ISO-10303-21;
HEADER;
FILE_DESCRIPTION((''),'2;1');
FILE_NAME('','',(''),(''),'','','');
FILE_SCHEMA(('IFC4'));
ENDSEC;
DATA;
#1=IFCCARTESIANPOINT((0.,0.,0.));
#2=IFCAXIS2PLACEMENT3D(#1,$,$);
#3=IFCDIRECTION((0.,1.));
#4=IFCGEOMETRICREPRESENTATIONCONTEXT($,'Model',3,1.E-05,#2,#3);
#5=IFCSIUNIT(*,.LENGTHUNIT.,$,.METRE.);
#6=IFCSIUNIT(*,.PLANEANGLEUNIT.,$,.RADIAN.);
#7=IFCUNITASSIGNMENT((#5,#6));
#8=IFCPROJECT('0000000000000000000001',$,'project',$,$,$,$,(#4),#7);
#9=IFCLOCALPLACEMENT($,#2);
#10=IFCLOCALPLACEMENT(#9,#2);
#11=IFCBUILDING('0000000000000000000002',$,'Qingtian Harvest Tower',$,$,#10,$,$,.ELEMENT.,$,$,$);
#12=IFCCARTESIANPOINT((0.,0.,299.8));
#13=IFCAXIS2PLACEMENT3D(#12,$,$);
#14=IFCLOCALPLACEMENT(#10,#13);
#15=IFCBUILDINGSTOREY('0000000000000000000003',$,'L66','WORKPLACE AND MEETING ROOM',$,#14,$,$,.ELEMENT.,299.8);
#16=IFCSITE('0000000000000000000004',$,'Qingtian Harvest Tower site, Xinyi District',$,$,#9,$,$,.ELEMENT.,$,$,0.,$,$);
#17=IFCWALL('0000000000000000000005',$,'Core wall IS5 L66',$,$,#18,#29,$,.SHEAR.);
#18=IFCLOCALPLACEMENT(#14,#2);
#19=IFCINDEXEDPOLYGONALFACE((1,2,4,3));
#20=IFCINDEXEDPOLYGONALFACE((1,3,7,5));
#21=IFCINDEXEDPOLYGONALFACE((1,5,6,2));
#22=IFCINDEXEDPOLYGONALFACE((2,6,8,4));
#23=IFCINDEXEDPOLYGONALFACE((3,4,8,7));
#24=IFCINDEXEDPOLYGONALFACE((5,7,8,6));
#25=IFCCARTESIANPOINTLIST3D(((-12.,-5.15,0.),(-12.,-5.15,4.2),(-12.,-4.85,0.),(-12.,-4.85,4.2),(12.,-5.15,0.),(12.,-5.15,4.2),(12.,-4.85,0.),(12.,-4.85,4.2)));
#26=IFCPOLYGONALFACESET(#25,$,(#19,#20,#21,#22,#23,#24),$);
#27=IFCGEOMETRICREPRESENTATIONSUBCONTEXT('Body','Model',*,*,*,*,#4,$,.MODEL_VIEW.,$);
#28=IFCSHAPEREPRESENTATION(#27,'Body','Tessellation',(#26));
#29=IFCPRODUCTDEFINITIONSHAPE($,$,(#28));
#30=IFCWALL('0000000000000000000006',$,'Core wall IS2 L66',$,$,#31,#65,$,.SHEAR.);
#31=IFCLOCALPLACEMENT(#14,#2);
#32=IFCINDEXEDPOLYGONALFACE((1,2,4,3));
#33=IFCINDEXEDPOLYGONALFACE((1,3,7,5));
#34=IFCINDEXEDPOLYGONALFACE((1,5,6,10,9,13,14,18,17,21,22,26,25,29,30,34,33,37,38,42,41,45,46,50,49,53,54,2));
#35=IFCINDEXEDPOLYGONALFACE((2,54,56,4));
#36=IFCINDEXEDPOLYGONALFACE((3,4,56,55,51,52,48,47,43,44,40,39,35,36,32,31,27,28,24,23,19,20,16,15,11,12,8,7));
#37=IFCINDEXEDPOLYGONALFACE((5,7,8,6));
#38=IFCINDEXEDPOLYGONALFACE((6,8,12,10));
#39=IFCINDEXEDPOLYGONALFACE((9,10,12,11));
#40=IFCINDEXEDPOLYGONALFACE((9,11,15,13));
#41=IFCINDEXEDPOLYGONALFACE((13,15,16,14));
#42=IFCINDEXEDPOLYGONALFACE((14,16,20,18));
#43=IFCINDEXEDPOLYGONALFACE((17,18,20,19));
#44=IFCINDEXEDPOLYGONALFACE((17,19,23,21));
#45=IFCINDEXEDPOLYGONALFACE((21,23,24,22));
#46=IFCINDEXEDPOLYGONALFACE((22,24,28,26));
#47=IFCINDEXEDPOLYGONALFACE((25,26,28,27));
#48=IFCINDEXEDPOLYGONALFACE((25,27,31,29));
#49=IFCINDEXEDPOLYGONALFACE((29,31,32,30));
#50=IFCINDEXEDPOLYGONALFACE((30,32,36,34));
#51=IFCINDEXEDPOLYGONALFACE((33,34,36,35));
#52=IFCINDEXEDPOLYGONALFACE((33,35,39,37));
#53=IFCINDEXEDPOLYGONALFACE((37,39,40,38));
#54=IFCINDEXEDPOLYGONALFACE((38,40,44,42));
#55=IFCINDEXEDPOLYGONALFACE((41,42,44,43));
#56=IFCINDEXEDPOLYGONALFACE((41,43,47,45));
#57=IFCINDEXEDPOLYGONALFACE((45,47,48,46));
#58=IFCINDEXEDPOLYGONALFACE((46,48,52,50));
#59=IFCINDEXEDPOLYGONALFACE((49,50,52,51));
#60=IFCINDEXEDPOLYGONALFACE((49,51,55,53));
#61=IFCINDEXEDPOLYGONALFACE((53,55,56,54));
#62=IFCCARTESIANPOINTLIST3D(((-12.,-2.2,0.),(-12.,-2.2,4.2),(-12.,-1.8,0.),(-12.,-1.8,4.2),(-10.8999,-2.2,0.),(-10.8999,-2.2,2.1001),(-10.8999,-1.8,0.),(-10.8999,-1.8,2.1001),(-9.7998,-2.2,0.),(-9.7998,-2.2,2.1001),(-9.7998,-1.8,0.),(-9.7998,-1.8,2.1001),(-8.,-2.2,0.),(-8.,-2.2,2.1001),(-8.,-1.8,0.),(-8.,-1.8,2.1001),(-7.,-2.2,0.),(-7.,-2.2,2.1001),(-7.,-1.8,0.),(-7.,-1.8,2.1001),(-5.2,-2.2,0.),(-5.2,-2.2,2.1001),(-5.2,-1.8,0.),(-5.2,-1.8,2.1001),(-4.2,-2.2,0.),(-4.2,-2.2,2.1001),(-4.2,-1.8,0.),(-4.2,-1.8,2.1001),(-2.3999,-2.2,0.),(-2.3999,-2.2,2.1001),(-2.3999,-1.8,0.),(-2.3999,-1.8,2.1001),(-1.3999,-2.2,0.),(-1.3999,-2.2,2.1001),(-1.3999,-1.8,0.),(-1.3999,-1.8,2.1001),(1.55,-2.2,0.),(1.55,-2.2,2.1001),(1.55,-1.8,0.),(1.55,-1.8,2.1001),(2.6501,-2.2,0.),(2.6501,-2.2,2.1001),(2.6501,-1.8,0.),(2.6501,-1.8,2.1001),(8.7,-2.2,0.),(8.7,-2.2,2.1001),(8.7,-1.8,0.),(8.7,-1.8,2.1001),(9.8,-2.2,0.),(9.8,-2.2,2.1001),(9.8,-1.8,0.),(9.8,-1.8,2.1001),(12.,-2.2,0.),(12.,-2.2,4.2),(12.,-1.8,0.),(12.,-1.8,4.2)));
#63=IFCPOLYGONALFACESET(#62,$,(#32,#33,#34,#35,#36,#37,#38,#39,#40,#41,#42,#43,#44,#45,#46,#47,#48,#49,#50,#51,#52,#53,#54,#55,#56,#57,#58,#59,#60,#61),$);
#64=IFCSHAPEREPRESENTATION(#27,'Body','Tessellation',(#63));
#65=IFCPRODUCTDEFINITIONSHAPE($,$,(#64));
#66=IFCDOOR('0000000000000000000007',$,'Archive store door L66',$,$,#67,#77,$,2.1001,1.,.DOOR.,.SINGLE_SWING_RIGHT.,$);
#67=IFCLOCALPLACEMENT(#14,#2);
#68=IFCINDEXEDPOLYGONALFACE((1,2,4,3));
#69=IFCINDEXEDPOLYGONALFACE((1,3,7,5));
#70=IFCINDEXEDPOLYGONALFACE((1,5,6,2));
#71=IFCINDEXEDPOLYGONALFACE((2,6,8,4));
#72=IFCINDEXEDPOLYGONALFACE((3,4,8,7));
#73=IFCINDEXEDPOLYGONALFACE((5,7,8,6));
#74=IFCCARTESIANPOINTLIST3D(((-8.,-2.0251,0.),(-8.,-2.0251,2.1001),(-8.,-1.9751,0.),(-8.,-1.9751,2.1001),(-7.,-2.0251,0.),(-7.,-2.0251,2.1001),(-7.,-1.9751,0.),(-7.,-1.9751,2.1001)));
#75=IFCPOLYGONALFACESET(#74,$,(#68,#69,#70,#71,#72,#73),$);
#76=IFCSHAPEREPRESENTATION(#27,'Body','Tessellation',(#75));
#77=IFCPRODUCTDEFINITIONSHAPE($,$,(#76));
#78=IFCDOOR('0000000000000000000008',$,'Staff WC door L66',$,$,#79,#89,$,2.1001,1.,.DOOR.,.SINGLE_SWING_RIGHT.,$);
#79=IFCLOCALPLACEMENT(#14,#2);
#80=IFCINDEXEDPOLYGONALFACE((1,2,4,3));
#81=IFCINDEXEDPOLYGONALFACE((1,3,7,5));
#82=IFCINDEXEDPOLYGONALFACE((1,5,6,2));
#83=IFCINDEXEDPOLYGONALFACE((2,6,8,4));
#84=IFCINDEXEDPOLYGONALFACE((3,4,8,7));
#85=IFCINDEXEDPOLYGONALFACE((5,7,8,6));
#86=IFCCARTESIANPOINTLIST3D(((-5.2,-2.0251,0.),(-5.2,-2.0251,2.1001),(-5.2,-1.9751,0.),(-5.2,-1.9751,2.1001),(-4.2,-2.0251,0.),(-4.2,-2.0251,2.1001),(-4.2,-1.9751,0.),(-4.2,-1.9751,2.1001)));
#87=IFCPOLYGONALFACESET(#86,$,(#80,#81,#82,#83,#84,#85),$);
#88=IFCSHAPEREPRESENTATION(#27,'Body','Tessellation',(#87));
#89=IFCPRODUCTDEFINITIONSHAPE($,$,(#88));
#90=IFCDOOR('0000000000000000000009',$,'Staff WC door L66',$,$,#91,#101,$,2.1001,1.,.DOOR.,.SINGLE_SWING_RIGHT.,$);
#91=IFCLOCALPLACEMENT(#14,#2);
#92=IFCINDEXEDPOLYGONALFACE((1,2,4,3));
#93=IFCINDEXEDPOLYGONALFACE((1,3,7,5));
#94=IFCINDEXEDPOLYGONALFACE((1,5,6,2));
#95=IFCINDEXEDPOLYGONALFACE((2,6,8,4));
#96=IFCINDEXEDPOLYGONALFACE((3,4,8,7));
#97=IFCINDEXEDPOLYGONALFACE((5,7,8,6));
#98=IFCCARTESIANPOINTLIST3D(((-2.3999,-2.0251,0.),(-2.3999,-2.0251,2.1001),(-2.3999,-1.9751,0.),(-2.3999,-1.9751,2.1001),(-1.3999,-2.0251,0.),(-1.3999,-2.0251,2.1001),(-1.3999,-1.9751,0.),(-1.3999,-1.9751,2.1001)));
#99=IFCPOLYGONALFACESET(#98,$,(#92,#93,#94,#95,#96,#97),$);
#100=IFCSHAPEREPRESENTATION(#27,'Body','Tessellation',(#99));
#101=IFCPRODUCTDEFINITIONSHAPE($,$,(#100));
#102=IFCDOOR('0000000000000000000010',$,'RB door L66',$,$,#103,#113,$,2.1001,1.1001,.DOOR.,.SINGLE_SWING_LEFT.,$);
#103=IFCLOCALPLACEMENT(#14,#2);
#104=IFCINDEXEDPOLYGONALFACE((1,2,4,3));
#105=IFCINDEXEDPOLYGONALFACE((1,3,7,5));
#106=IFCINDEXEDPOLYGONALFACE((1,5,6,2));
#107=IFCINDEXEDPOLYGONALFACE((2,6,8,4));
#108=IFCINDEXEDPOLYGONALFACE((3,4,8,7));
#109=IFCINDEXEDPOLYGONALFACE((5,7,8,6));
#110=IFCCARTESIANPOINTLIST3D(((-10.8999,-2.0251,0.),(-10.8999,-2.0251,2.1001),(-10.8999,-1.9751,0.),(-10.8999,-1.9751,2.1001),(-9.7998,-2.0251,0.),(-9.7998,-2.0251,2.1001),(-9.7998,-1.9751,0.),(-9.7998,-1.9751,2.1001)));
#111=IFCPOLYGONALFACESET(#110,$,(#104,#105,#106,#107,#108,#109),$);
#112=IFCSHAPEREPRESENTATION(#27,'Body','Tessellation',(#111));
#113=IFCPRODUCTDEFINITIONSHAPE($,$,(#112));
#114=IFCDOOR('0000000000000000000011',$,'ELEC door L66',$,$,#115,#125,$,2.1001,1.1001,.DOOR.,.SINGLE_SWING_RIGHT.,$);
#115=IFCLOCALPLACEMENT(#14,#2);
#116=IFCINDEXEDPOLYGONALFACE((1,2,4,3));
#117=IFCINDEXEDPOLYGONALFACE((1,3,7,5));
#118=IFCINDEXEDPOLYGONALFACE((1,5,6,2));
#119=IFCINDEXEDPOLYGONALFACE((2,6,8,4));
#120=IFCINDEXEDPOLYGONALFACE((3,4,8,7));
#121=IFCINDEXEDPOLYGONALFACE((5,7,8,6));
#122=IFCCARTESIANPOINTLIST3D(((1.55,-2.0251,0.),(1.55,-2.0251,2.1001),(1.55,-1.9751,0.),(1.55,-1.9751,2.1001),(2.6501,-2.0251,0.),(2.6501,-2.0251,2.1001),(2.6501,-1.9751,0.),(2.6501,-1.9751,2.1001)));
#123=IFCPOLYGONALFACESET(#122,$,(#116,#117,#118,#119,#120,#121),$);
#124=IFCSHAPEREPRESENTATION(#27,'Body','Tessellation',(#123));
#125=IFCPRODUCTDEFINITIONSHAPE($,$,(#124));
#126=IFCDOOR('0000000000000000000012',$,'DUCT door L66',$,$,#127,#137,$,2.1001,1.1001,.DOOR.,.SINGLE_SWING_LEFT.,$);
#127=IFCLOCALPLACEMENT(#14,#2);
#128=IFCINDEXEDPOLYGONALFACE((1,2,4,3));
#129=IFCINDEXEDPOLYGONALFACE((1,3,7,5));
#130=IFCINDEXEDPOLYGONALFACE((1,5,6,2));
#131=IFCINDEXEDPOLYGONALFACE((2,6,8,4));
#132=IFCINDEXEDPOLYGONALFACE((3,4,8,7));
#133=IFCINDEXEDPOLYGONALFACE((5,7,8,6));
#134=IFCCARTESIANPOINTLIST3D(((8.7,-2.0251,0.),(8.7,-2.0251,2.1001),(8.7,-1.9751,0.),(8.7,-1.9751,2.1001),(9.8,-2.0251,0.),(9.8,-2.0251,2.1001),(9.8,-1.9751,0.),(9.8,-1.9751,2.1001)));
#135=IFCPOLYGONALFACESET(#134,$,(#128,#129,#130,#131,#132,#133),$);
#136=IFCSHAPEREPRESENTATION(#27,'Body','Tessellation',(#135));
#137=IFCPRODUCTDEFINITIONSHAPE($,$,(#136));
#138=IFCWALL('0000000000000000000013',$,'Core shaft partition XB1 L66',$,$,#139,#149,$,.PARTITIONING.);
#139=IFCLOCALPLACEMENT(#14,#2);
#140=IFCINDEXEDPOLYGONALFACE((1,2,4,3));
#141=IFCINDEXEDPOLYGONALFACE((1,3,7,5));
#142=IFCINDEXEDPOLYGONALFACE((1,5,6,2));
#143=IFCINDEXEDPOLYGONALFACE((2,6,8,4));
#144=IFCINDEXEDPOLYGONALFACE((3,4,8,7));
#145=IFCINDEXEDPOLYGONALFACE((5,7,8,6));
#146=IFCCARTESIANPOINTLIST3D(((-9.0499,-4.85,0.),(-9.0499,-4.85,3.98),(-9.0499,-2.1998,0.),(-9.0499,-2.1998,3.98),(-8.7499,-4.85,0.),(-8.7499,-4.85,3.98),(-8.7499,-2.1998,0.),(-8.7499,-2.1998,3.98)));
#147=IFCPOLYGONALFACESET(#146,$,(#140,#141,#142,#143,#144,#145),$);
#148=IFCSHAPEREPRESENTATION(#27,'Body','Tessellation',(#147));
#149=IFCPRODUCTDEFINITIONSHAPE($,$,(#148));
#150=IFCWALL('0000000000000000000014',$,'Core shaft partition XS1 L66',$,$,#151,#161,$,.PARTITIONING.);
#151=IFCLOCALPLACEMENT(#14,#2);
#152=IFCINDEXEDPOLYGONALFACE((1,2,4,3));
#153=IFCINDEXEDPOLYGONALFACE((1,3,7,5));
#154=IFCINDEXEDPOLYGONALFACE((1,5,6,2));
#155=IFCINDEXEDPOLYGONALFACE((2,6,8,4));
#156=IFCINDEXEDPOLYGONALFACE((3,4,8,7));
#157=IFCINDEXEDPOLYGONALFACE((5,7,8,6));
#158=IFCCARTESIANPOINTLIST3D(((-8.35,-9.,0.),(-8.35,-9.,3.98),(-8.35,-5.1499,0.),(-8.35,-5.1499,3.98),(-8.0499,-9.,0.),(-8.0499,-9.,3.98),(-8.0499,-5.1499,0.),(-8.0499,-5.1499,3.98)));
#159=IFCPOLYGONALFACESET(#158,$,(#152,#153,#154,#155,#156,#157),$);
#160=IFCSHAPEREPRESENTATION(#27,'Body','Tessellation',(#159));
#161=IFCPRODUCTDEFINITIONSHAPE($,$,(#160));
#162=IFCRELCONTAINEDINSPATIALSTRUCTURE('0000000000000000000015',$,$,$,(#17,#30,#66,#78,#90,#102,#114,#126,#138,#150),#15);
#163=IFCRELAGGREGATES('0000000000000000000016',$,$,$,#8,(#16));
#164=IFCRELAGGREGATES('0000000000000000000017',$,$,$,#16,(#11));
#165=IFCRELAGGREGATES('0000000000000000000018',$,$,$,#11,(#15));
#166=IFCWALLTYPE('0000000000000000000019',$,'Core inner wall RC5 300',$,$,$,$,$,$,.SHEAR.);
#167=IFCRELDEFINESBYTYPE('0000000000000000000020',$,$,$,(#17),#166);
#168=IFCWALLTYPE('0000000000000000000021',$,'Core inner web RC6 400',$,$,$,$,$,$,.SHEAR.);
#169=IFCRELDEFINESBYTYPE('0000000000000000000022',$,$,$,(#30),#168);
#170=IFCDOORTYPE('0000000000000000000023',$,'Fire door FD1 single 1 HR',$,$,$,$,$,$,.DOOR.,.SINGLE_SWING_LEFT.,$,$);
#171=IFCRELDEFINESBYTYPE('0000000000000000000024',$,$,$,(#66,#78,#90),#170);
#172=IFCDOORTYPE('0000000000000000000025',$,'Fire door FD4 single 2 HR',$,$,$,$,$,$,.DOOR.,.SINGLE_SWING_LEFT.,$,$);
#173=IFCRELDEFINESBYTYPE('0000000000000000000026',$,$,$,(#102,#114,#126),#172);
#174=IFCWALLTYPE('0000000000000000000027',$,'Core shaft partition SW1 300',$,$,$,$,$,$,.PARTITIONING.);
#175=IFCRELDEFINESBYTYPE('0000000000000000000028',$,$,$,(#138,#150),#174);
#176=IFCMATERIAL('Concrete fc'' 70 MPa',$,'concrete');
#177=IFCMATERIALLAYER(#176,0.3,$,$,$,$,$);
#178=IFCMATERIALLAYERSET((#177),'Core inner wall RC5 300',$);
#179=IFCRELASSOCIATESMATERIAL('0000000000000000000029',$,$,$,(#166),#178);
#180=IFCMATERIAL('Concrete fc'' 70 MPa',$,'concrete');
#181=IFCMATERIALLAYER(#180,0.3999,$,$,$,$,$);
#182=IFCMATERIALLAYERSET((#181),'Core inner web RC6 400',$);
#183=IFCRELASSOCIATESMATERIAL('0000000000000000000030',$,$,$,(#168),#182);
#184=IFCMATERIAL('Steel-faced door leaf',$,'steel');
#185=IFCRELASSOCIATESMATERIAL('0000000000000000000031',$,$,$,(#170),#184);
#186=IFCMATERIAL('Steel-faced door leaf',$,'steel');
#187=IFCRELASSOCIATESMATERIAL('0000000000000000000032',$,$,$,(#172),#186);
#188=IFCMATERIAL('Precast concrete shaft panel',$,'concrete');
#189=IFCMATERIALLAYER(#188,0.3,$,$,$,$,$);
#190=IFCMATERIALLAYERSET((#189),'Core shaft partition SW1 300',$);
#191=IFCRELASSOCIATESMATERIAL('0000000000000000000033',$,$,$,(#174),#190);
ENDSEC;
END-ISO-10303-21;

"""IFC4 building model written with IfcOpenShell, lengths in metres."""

from ifc_helpers import new_model, si_unit, direction, frame, frame_2d, origin, place, context, subcontext, project, spatial, rectangle, extrude, material, layer, layer_set, type_object, element, fill, save


model = new_model("IFC4")

# Units and contexts
model_context = context("Model", 3, precision=1e-05, world=origin(), true_north=direction((0.0, 1.0)))
body_context = subcontext(model_context, "Body", "Model", "MODEL_VIEW")
ifc_project = project(units=[si_unit("LENGTHUNIT", "METRE"), si_unit("PLANEANGLEUNIT", "RADIAN")], contexts=[model_context])

# Site, building, storey
site_placement = place(None, origin())
site = spatial("IfcSite", under=ifc_project, at=site_placement, Name="Qingtian Harvest Tower site, Xinyi District", CompositionType="ELEMENT", RefElevation=0.0)
building_placement = place(site_placement, origin())
building = spatial("IfcBuilding", under=site, at=building_placement, Name="Qingtian Harvest Tower", CompositionType="ELEMENT")
storey_placement = place(building_placement, frame((0.0, 0.0, 299.8)))
storey = spatial("IfcBuildingStorey", under=building, at=storey_placement, Name="L66", Description="WORKPLACE AND MEETING ROOM", CompositionType="ELEMENT", Elevation=299.8)

# Wall
ifc_material_1 = material(Name="Concrete fc' 70 MPa", Category="concrete")
ifc_layer_1 = layer(ifc_material_1, 0.3)
ifc_layer_set_1 = layer_set([ifc_layer_1], Name="Core inner wall RC5 300")
wall_type_1 = type_object("IfcWallType", Name="Core inner wall RC5 300", PredefinedType="SHEAR", material=ifc_layer_set_1)
wall_1_placement = place(storey_placement, frame((-12.0, -5.0, 0.0), z_axis=(0.0, 0.0, 1.0), x_axis=(1.0, 0.0, 0.0)))
element("IfcWall", 1, at=wall_1_placement, inside=storey, type_object=wall_type_1, Name="Core wall IS5 L66", PredefinedType="SHEAR", context=body_context, shape_type="SweptSolid", body=[
    extrude(rectangle(XDim=24.0, YDim=0.3, at=frame_2d((12.0, 0.0))), origin(), (0.0, 0.0, 1.0), 4.2),
])

# Wall, openings, doors
ifc_material_2 = material(Name="Concrete fc' 70 MPa", Category="concrete")
ifc_layer_2 = layer(ifc_material_2, 0.3999)
ifc_layer_set_2 = layer_set([ifc_layer_2], Name="Core inner web RC6 400")
wall_type_2 = type_object("IfcWallType", Name="Core inner web RC6 400", PredefinedType="SHEAR", material=ifc_layer_set_2)
wall_2_placement = place(storey_placement, frame((-12.0, -2.0, 0.0), z_axis=(0.0, 0.0, 1.0), x_axis=(1.0, 0.0, 0.0)))
wall_2 = element("IfcWall", 2, at=wall_2_placement, inside=storey, type_object=wall_type_2, Name="Core wall IS2 L66", PredefinedType="SHEAR", context=body_context, shape_type="SweptSolid", body=[
    extrude(rectangle(XDim=24.0, YDim=0.3999, at=frame_2d((12.0, 0.0))), origin(), (0.0, 0.0, 1.0), 4.2),
])
opening_1_placement = place(wall_2_placement, frame((1.1001, 0.0, 0.0)))
opening_1 = element("IfcOpeningElement", 3, at=opening_1_placement, cuts=wall_2, PredefinedType="OPENING", context=body_context, shape_type="SweptSolid", body=[
    extrude(rectangle(XDim=1.1001, YDim=2.1001, at=frame_2d((0.55, 1.05))), frame((0.0, 0.21, 0.0), z_axis=(0.0, -1.0, 0.0), x_axis=(1.0, 0.0, 0.0)), (0.0, 0.0, 1.0), 0.4199),
])
opening_2_placement = place(wall_2_placement, frame((13.55, 0.0, 0.0)))
opening_2 = element("IfcOpeningElement", 4, at=opening_2_placement, cuts=wall_2, PredefinedType="OPENING", context=body_context, shape_type="SweptSolid", body=[
    extrude(rectangle(XDim=1.1001, YDim=2.1001, at=frame_2d((0.55, 1.05))), frame((0.0, 0.21, 0.0), z_axis=(0.0, -1.0, 0.0), x_axis=(1.0, 0.0, 0.0)), (0.0, 0.0, 1.0), 0.4199),
])
opening_3_placement = place(wall_2_placement, frame((20.7, 0.0, 0.0)))
opening_3 = element("IfcOpeningElement", 5, at=opening_3_placement, cuts=wall_2, PredefinedType="OPENING", context=body_context, shape_type="SweptSolid", body=[
    extrude(rectangle(XDim=1.1001, YDim=2.1001, at=frame_2d((0.55, 1.05))), frame((0.0, 0.21, 0.0), z_axis=(0.0, -1.0, 0.0), x_axis=(1.0, 0.0, 0.0)), (0.0, 0.0, 1.0), 0.4199),
])
opening_4_placement = place(wall_2_placement, frame((4.0, 0.0, 0.0)))
opening_4 = element("IfcOpeningElement", 6, at=opening_4_placement, cuts=wall_2, PredefinedType="OPENING", context=body_context, shape_type="SweptSolid", body=[
    extrude(rectangle(XDim=1.0, YDim=2.1001, at=frame_2d((0.5, 1.05))), frame((0.0, 0.21, 0.0), z_axis=(0.0, -1.0, 0.0), x_axis=(1.0, 0.0, 0.0)), (0.0, 0.0, 1.0), 0.4199),
])
opening_5_placement = place(wall_2_placement, frame((6.8, 0.0, 0.0)))
opening_5 = element("IfcOpeningElement", 7, at=opening_5_placement, cuts=wall_2, PredefinedType="OPENING", context=body_context, shape_type="SweptSolid", body=[
    extrude(rectangle(XDim=1.0, YDim=2.1001, at=frame_2d((0.5, 1.05))), frame((0.0, 0.21, 0.0), z_axis=(0.0, -1.0, 0.0), x_axis=(1.0, 0.0, 0.0)), (0.0, 0.0, 1.0), 0.4199),
])
opening_6_placement = place(wall_2_placement, frame((9.6001, 0.0, 0.0)))
opening_6 = element("IfcOpeningElement", 8, at=opening_6_placement, cuts=wall_2, PredefinedType="OPENING", context=body_context, shape_type="SweptSolid", body=[
    extrude(rectangle(XDim=1.0, YDim=2.1001, at=frame_2d((0.5, 1.05))), frame((0.0, 0.21, 0.0), z_axis=(0.0, -1.0, 0.0), x_axis=(1.0, 0.0, 0.0)), (0.0, 0.0, 1.0), 0.4199),
])
ifc_material_3 = material(Name="Steel-faced door leaf", Category="steel")
door_type_1 = type_object("IfcDoorType", Name="Fire door FD1 single 1 HR", OperationType="SINGLE_SWING_LEFT", PredefinedType="DOOR", material=ifc_material_3)
door_1_placement = place(opening_4_placement, origin())
door_1 = element("IfcDoor", 9, at=door_1_placement, inside=storey, type_object=door_type_1, Name="Archive store door L66", OperationType="SINGLE_SWING_RIGHT", OverallHeight=2.1001, OverallWidth=1.0, PredefinedType="DOOR", context=body_context, shape_type="SweptSolid", body=[
    extrude(rectangle(XDim=1.0, YDim=2.1001, at=frame_2d((0.5, 1.05))), frame((0.0, 0.0249, 0.0), z_axis=(0.0, -1.0, 0.0), x_axis=(1.0, 0.0, 0.0)), (0.0, 0.0, 1.0), 0.05),
])
fill(opening_4, door_1)
door_2_placement = place(opening_5_placement, origin())
door_2 = element("IfcDoor", 10, at=door_2_placement, inside=storey, type_object=door_type_1, Name="Staff WC door L66", OperationType="SINGLE_SWING_RIGHT", OverallHeight=2.1001, OverallWidth=1.0, PredefinedType="DOOR", context=body_context, shape_type="SweptSolid", body=[
    extrude(rectangle(XDim=1.0, YDim=2.1001, at=frame_2d((0.5, 1.05))), frame((0.0, 0.0249, 0.0), z_axis=(0.0, -1.0, 0.0), x_axis=(1.0, 0.0, 0.0)), (0.0, 0.0, 1.0), 0.05),
])
fill(opening_5, door_2)
door_3_placement = place(opening_6_placement, origin())
door_3 = element("IfcDoor", 11, at=door_3_placement, inside=storey, type_object=door_type_1, Name="Staff WC door L66", OperationType="SINGLE_SWING_RIGHT", OverallHeight=2.1001, OverallWidth=1.0, PredefinedType="DOOR", context=body_context, shape_type="SweptSolid", body=[
    extrude(rectangle(XDim=1.0, YDim=2.1001, at=frame_2d((0.5, 1.05))), frame((0.0, 0.0249, 0.0), z_axis=(0.0, -1.0, 0.0), x_axis=(1.0, 0.0, 0.0)), (0.0, 0.0, 1.0), 0.05),
])
fill(opening_6, door_3)
ifc_material_4 = material(Name="Steel-faced door leaf", Category="steel")
door_type_2 = type_object("IfcDoorType", Name="Fire door FD4 single 2 HR", OperationType="SINGLE_SWING_LEFT", PredefinedType="DOOR", material=ifc_material_4)
door_4_placement = place(opening_1_placement, origin())
door_4 = element("IfcDoor", 12, at=door_4_placement, inside=storey, type_object=door_type_2, Name="RB door L66", OperationType="SINGLE_SWING_LEFT", OverallHeight=2.1001, OverallWidth=1.1001, PredefinedType="DOOR", context=body_context, shape_type="SweptSolid", body=[
    extrude(rectangle(XDim=1.1001, YDim=2.1001, at=frame_2d((0.55, 1.05))), frame((0.0, 0.0249, 0.0), z_axis=(0.0, -1.0, 0.0), x_axis=(1.0, 0.0, 0.0)), (0.0, 0.0, 1.0), 0.05),
])
fill(opening_1, door_4)
door_5_placement = place(opening_2_placement, origin())
door_5 = element("IfcDoor", 13, at=door_5_placement, inside=storey, type_object=door_type_2, Name="ELEC door L66", OperationType="SINGLE_SWING_RIGHT", OverallHeight=2.1001, OverallWidth=1.1001, PredefinedType="DOOR", context=body_context, shape_type="SweptSolid", body=[
    extrude(rectangle(XDim=1.1001, YDim=2.1001, at=frame_2d((0.55, 1.05))), frame((0.0, 0.0249, 0.0), z_axis=(0.0, -1.0, 0.0), x_axis=(1.0, 0.0, 0.0)), (0.0, 0.0, 1.0), 0.05),
])
fill(opening_2, door_5)
door_6_placement = place(opening_3_placement, origin())
door_6 = element("IfcDoor", 14, at=door_6_placement, inside=storey, type_object=door_type_2, Name="DUCT door L66", OperationType="SINGLE_SWING_LEFT", OverallHeight=2.1001, OverallWidth=1.1001, PredefinedType="DOOR", context=body_context, shape_type="SweptSolid", body=[
    extrude(rectangle(XDim=1.1001, YDim=2.1001, at=frame_2d((0.55, 1.05))), frame((0.0, 0.0249, 0.0), z_axis=(0.0, -1.0, 0.0), x_axis=(1.0, 0.0, 0.0)), (0.0, 0.0, 1.0), 0.05),
])
fill(opening_3, door_6)

# Walls
ifc_material_5 = material(Name="Precast concrete shaft panel", Category="concrete")
ifc_layer_3 = layer(ifc_material_5, 0.3)
ifc_layer_set_3 = layer_set([ifc_layer_3], Name="Core shaft partition SW1 300")
wall_type_3 = type_object("IfcWallType", Name="Core shaft partition SW1 300", PredefinedType="PARTITIONING", material=ifc_layer_set_3)
wall_3_placement = place(storey_placement, frame((-8.8999, -4.8501, 0.0), z_axis=(0.0, 0.0, 1.0), x_axis=(0.0, 1.0, 0.0)))
element("IfcWall", 15, at=wall_3_placement, inside=storey, type_object=wall_type_3, Name="Core shaft partition XB1 L66", PredefinedType="PARTITIONING", context=body_context, shape_type="SweptSolid", body=[
    extrude(rectangle(XDim=2.6501, YDim=0.3, at=frame_2d((1.3252, 0.0))), origin(), (0.0, 0.0, 1.0), 3.98),
])
wall_4_placement = place(storey_placement, frame((-8.2, -9.0, 0.0), z_axis=(0.0, 0.0, 1.0), x_axis=(0.0, 1.0, 0.0)))
element("IfcWall", 16, at=wall_4_placement, inside=storey, type_object=wall_type_3, Name="Core shaft partition XS1 L66", PredefinedType="PARTITIONING", context=body_context, shape_type="SweptSolid", body=[
    extrude(rectangle(XDim=3.8501, YDim=0.3, at=frame_2d((1.925, 0.0))), origin(), (0.0, 0.0, 1.0), 3.98),
])

save(model, "model.ifc")
